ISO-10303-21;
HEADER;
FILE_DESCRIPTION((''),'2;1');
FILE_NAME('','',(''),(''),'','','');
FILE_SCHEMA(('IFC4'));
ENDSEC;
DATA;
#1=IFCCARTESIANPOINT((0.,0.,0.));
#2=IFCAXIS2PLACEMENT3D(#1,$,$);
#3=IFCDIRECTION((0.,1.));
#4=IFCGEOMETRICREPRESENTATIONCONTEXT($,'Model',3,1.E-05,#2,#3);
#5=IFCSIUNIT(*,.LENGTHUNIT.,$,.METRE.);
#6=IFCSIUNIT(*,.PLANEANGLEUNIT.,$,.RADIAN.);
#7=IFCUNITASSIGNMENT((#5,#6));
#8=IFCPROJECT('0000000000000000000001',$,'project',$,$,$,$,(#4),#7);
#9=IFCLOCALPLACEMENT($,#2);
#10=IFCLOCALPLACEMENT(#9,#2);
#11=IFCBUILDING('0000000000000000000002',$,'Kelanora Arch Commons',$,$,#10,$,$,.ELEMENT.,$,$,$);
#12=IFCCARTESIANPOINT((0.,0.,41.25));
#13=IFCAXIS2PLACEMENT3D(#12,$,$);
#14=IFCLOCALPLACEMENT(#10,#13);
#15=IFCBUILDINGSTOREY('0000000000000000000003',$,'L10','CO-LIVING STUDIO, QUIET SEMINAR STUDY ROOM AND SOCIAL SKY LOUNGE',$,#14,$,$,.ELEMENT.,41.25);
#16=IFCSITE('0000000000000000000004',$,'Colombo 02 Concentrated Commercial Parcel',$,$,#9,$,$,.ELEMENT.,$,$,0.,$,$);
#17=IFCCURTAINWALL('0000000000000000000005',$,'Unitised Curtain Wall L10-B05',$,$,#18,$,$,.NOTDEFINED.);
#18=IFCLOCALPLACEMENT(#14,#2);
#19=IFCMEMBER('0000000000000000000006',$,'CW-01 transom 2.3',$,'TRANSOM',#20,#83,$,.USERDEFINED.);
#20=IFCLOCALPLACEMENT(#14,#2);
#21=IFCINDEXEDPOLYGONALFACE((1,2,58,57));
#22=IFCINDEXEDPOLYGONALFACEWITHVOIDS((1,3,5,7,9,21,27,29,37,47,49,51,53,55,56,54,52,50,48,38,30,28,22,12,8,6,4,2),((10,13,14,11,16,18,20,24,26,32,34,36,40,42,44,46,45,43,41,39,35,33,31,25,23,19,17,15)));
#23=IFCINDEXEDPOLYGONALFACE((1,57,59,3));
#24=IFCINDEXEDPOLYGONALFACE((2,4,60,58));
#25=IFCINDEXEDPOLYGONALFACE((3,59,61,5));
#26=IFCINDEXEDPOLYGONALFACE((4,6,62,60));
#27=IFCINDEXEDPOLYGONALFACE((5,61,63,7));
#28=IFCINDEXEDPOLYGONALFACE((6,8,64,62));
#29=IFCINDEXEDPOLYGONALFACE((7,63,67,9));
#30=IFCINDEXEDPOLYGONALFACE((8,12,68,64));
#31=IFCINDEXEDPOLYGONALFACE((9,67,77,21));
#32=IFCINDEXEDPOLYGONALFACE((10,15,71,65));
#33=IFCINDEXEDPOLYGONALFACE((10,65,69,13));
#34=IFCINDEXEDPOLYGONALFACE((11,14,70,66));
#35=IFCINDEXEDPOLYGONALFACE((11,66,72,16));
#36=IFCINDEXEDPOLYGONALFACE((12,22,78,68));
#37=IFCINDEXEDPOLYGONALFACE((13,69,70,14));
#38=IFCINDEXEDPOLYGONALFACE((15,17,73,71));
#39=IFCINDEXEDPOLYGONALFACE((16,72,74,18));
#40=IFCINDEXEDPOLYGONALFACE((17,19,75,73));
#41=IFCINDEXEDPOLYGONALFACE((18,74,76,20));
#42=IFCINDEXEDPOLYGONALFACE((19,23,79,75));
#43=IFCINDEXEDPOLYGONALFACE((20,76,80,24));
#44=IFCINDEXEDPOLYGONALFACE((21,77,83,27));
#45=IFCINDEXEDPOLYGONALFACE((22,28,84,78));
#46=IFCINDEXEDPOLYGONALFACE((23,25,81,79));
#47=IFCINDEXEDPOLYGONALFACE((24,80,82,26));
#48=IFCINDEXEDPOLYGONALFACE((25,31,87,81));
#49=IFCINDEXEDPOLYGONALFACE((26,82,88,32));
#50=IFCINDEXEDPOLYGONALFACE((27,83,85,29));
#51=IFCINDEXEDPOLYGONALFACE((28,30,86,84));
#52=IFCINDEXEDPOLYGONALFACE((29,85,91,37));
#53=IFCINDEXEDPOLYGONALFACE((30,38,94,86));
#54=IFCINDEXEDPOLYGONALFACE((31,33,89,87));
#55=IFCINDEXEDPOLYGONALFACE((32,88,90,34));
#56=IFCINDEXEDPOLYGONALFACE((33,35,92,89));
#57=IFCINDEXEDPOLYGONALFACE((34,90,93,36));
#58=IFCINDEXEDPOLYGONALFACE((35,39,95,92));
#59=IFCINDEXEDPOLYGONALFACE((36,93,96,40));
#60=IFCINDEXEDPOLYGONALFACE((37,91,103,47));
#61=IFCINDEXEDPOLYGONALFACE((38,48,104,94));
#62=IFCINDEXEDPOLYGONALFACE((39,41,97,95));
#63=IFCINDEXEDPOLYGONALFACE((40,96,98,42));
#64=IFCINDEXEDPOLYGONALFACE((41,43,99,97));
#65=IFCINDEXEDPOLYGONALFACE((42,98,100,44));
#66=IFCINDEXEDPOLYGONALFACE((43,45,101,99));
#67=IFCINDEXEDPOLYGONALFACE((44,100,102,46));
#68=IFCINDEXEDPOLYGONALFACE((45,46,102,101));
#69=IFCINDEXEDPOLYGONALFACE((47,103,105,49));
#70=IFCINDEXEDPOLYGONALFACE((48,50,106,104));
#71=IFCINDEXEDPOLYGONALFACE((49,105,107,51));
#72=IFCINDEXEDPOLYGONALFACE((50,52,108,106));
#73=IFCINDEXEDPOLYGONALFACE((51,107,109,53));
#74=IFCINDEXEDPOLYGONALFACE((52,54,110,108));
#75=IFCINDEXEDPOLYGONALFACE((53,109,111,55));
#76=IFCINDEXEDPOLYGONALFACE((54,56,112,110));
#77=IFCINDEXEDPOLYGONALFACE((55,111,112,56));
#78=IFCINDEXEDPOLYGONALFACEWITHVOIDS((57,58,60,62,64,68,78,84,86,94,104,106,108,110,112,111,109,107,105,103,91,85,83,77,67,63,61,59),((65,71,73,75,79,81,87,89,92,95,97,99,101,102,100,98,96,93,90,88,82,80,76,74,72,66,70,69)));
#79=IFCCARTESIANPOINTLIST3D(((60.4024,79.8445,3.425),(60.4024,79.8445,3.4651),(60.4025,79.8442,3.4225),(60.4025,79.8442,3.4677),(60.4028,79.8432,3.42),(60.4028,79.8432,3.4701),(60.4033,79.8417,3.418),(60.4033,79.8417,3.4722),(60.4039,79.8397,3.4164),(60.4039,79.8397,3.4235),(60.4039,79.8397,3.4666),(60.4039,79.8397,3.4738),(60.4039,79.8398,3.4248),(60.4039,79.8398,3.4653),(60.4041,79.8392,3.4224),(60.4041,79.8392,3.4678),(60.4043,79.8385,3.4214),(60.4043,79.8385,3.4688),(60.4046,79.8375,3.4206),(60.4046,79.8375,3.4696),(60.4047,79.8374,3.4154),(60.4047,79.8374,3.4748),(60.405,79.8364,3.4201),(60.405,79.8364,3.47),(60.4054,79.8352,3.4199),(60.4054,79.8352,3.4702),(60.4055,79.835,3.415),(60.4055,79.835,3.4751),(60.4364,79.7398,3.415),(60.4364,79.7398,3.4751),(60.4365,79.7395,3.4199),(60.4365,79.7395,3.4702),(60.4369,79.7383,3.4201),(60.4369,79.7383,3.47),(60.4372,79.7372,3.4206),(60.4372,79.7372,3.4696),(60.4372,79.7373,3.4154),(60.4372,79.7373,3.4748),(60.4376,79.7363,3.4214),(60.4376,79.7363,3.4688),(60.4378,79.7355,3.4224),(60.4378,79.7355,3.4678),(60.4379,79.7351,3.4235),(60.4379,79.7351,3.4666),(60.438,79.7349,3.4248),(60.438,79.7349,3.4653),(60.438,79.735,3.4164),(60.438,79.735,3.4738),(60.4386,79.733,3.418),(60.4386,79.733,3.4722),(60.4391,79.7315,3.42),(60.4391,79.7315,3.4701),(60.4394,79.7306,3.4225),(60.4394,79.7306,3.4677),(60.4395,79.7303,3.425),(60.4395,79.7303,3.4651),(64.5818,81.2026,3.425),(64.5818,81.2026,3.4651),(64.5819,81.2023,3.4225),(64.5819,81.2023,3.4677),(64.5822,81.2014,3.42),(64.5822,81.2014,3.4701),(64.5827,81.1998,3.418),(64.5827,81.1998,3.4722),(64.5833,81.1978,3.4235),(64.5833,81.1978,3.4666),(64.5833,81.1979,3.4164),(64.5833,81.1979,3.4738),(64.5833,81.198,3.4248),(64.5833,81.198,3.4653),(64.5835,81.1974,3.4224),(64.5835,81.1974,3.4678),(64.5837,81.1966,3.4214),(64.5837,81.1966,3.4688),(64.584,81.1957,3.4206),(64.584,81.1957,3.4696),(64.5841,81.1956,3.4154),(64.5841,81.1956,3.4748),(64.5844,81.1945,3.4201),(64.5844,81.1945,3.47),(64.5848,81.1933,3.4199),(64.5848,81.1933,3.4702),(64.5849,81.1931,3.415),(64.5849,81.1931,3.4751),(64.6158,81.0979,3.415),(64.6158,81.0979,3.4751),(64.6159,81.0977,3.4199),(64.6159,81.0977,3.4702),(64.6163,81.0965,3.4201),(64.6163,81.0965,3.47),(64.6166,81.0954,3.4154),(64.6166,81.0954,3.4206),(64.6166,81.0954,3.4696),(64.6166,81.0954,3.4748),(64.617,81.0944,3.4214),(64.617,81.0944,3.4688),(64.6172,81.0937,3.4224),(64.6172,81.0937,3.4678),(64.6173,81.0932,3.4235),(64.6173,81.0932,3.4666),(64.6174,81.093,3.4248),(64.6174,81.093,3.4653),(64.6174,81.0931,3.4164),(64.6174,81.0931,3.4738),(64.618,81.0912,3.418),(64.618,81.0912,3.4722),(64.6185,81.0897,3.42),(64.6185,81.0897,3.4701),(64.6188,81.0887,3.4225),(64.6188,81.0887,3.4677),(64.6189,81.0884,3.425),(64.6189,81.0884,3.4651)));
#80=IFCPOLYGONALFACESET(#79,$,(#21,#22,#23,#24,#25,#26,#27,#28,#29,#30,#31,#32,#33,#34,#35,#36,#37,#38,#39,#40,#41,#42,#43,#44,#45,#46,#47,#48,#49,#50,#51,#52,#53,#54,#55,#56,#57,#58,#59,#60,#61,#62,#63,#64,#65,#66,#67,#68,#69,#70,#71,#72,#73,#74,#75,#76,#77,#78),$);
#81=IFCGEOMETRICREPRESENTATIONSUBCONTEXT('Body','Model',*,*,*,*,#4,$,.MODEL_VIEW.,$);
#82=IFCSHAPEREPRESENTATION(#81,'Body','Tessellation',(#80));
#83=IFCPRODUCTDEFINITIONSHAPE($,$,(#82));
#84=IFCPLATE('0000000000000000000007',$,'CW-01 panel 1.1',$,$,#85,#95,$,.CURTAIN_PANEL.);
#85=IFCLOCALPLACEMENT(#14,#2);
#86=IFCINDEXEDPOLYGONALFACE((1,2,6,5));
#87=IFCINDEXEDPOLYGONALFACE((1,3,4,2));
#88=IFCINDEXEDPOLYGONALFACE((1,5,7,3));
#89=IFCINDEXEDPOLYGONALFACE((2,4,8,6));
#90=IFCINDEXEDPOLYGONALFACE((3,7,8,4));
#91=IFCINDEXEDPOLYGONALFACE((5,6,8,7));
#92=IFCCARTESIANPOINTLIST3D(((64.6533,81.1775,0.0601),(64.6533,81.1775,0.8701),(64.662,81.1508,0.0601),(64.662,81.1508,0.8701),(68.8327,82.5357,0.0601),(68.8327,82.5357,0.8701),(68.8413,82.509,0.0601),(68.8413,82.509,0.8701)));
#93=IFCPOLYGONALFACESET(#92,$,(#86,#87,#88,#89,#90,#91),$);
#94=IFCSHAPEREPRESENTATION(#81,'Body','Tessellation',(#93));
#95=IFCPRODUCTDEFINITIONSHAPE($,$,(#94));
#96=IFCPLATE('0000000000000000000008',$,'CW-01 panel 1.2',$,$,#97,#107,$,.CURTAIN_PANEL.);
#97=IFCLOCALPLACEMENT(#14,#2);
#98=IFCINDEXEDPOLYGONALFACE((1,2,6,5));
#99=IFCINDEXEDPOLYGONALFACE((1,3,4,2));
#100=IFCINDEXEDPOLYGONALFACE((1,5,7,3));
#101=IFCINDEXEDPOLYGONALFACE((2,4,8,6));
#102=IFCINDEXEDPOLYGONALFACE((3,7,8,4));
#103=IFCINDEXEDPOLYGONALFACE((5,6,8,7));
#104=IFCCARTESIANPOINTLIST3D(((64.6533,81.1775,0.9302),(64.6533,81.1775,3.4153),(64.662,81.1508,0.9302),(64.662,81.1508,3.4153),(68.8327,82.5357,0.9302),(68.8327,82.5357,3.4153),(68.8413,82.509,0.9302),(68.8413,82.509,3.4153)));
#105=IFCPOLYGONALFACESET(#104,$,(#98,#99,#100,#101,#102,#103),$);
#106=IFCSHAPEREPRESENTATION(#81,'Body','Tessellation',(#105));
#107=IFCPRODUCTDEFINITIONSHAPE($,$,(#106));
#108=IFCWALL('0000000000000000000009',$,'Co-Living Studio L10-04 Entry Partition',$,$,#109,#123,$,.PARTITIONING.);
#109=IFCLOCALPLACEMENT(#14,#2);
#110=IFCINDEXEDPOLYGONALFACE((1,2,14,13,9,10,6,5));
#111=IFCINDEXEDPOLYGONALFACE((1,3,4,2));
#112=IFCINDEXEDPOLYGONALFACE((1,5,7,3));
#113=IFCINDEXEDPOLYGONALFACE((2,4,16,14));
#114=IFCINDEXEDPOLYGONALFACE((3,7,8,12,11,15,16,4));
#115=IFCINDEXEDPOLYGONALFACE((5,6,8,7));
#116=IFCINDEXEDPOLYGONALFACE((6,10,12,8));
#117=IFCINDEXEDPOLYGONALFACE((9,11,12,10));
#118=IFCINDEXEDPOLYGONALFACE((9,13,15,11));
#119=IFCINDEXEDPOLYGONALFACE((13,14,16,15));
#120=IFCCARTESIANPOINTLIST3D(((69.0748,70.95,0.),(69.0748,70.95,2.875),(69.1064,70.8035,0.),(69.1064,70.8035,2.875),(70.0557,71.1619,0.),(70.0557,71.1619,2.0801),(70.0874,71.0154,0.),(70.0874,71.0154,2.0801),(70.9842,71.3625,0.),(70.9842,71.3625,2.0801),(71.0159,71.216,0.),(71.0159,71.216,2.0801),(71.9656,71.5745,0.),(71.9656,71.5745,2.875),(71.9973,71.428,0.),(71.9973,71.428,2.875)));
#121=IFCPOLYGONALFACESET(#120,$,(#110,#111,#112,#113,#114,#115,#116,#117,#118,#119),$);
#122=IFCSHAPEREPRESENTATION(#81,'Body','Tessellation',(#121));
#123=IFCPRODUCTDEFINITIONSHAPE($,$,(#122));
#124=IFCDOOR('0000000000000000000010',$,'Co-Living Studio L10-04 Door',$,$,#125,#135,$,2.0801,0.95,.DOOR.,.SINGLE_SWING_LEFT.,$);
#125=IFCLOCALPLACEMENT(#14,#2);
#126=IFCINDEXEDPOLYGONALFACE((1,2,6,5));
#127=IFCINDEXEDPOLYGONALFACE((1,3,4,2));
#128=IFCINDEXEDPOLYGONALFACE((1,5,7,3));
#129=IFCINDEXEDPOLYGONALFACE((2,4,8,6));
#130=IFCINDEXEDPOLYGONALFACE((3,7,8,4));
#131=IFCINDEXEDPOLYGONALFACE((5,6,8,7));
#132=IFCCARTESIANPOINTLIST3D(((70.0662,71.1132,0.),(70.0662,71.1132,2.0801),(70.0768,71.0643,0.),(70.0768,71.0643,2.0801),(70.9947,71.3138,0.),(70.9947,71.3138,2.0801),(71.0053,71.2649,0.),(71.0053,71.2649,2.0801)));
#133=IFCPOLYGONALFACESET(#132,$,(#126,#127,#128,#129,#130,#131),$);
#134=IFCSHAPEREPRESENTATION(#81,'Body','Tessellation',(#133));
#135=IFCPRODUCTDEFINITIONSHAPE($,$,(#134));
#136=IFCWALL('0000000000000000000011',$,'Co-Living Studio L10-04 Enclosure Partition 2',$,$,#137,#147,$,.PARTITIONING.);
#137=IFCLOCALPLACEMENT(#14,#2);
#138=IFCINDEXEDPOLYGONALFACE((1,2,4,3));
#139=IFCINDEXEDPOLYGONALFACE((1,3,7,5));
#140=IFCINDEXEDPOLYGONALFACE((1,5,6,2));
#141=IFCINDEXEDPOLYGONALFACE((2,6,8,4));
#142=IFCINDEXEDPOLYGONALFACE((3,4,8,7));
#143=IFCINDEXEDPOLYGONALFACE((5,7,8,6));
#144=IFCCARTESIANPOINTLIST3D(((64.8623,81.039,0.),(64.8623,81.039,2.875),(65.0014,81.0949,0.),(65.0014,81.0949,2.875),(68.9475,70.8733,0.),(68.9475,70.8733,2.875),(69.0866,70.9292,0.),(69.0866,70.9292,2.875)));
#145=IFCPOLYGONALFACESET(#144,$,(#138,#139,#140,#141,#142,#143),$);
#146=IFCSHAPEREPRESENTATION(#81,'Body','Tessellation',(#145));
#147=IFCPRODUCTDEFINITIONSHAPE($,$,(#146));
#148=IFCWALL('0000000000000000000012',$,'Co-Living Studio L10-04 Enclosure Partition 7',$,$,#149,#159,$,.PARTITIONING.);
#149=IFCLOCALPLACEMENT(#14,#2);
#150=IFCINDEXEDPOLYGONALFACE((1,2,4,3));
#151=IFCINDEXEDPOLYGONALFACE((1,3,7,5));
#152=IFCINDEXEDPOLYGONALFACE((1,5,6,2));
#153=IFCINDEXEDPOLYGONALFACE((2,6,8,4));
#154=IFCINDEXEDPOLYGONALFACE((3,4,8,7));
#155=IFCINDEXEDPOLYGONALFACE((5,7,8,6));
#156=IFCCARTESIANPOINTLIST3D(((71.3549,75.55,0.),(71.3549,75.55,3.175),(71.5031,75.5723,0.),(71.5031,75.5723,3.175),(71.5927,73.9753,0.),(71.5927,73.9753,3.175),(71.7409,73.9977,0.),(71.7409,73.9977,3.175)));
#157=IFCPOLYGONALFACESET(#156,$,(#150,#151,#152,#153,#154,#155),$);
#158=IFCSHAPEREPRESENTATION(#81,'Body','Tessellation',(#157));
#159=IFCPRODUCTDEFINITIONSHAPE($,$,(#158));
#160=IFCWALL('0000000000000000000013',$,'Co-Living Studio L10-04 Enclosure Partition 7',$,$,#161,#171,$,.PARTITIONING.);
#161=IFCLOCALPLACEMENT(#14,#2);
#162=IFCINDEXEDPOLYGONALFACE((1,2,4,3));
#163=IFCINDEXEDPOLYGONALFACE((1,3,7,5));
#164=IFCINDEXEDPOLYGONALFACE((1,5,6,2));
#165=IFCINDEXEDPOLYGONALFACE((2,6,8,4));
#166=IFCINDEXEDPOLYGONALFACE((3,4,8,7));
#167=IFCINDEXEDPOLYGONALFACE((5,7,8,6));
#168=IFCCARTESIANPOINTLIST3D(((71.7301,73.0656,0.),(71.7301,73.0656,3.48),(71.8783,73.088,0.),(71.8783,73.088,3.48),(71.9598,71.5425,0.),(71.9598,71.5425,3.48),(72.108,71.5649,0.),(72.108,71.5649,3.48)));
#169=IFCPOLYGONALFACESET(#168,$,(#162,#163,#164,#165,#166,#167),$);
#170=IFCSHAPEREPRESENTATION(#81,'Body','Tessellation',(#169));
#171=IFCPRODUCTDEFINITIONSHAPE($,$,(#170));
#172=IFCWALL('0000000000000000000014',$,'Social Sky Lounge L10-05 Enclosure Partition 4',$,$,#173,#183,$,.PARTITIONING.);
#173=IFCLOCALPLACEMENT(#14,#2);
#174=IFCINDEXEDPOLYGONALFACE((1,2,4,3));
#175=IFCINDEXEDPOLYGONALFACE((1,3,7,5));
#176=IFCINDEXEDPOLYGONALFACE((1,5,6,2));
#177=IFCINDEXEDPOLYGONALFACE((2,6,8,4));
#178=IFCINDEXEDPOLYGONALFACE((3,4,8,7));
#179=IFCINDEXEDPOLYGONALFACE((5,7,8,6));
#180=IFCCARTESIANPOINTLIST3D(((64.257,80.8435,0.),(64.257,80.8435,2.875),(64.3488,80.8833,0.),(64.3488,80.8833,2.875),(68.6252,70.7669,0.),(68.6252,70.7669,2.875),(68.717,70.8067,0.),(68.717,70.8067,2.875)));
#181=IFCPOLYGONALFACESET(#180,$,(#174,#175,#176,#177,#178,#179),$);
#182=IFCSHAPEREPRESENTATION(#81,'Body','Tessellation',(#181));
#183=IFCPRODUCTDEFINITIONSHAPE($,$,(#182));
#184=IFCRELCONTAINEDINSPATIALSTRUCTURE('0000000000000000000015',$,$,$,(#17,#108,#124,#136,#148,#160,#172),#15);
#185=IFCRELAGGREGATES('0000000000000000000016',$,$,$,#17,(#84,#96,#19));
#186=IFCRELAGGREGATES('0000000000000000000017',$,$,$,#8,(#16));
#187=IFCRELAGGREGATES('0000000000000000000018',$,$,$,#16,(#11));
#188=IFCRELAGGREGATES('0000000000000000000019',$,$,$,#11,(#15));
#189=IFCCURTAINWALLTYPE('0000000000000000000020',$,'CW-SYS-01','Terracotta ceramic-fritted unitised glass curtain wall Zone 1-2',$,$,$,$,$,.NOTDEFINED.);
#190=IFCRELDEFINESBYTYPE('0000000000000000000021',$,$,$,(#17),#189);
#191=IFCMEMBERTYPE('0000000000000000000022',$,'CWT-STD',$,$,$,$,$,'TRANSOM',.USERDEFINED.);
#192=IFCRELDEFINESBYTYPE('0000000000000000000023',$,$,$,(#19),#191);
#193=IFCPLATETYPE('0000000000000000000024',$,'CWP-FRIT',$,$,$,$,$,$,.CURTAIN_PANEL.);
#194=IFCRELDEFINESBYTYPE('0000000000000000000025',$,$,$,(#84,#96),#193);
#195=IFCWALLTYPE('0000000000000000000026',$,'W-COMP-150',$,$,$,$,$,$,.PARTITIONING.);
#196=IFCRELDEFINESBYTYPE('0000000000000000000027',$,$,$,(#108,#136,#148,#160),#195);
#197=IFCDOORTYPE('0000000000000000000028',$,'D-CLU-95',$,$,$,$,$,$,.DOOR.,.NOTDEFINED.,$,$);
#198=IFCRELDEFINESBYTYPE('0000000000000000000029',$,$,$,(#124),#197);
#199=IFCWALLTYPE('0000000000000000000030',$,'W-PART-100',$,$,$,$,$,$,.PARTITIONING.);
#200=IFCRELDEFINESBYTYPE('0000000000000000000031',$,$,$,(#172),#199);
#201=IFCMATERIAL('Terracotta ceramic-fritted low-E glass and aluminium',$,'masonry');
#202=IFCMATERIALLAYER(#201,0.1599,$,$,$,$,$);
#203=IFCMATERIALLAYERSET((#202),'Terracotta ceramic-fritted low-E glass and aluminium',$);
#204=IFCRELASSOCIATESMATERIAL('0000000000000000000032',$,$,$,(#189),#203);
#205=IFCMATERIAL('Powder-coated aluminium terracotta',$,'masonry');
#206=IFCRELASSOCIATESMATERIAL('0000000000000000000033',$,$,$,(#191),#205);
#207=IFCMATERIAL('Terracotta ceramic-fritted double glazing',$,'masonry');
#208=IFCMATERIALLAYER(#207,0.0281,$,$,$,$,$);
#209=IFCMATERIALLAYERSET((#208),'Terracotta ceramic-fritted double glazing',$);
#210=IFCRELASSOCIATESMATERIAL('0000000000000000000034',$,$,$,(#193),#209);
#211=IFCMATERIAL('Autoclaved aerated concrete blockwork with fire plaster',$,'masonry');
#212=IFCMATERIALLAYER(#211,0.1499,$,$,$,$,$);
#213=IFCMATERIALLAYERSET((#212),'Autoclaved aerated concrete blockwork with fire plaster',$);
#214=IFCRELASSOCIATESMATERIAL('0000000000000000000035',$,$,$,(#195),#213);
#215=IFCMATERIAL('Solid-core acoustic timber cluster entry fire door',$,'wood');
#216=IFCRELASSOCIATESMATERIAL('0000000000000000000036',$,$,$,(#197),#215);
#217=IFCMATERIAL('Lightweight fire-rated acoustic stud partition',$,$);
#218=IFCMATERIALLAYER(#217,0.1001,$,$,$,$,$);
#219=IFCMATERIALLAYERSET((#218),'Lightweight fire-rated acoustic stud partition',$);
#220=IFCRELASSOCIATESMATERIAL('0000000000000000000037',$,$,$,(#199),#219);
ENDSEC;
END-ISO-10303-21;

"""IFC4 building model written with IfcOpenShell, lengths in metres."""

from ifc_helpers import new_model, si_unit, direction, frame, frame_2d, origin, origin_2d, place, context, subcontext, project, spatial, rectangle, hollow_rectangle, extrude, source, transform, mapped, material, layer, layer_set, material_profile, profile_set, type_object, element, fill, aggregate, save


model = new_model("IFC4")

# Units and contexts
model_context = context("Model", 3, precision=1e-05, world=origin(), true_north=direction((0.0, 1.0)))
body_context = subcontext(model_context, "Body", "Model", "MODEL_VIEW")
ifc_project = project(units=[si_unit("LENGTHUNIT", "METRE"), si_unit("PLANEANGLEUNIT", "RADIAN")], contexts=[model_context])

# Site, building, storey
site_placement = place(None, origin())
site = spatial("IfcSite", under=ifc_project, at=site_placement, Name="Colombo 02 Concentrated Commercial Parcel", CompositionType="ELEMENT", RefElevation=0.0)
building_placement = place(site_placement, origin())
building = spatial("IfcBuilding", under=site, at=building_placement, Name="Kelanora Arch Commons", CompositionType="ELEMENT")
storey_placement = place(building_placement, frame((0.0, 0.0, 41.25)))
storey = spatial("IfcBuildingStorey", under=building, at=storey_placement, Name="L10", Description="CO-LIVING STUDIO, QUIET SEMINAR STUDY ROOM AND SOCIAL SKY LOUNGE", CompositionType="ELEMENT", Elevation=41.25)

# Curtain wall, member, plates
ifc_material_1 = material(Name="Terracotta ceramic-fritted low-E glass and aluminium", Category="masonry")
ifc_layer_1 = layer(ifc_material_1, 0.1599)
ifc_layer_set_1 = layer_set([ifc_layer_1], Name="Terracotta ceramic-fritted low-E glass and aluminium")
curtain_wall_type = type_object("IfcCurtainWallType", Name="CW-SYS-01", Description="Terracotta ceramic-fritted unitised glass curtain wall Zone 1-2", PredefinedType="NOTDEFINED", material=ifc_layer_set_1)
curtain_wall_placement = place(storey_placement, origin())
curtain_wall = element("IfcCurtainWall", 1, at=curtain_wall_placement, inside=storey, type_object=curtain_wall_type, Name="Unitised Curtain Wall L10-B05", PredefinedType="NOTDEFINED")
ifc_material_2 = material(Name="Powder-coated aluminium terracotta", Category="masonry")
ifc_material_profile_1 = material_profile(ifc_material_2, hollow_rectangle(XDim=0.1201, YDim=0.0601, WallThickness=0.0049, InnerFilletRadius=0.0049, OuterFilletRadius=0.01, at=origin_2d()), Name="CWT120x60")
ifc_profile_set_1 = profile_set([ifc_material_profile_1], Name="Powder-coated aluminium terracotta")
member_type_1 = type_object("IfcMemberType", Name="CWT-STD", ElementType="TRANSOM", PredefinedType="USERDEFINED", material=ifc_profile_set_1)
member_1_placement = place(storey_placement, frame((64.6003, 81.1455, 3.4451), z_axis=(-0.951045, -0.309052, 0.0), x_axis=(0.309052, -0.951045, 0.0)))
member_1 = element("IfcMember", 2, at=member_1_placement, type_object=member_type_1, Name="CW-01 transom 2.3", ObjectType="TRANSOM", PredefinedType="USERDEFINED", context=body_context, shape_type="SweptSolid", body=[
    extrude(hollow_rectangle(XDim=0.1201, YDim=0.0601, WallThickness=0.0049, InnerFilletRadius=0.0049, OuterFilletRadius=0.01, at=origin_2d()), origin(), (0.0, 0.0, 1.0), 4.3945),
])
ifc_material_3 = material(Name="Terracotta ceramic-fritted double glazing", Category="masonry")
ifc_layer_2 = layer(ifc_material_3, 0.0281)
ifc_layer_set_2 = layer_set([ifc_layer_2], Name="Terracotta ceramic-fritted double glazing")
plate_type = type_object("IfcPlateType", Name="CWP-FRIT", PredefinedType="CURTAIN_PANEL", material=ifc_layer_set_2)
shared_shape_1 = source(origin(), body_context, "Body", "SweptSolid", [
    extrude(rectangle(XDim=4.3945, YDim=0.0281, at=origin_2d()), origin(), (0.0, 0.0, 1.0), 0.8101),
])
plate_1_placement = place(storey_placement, frame((66.7473, 81.8433, 0.0601), z_axis=(0.0, 0.0, 1.0), x_axis=(-0.951043, -0.309058, 0.0)))
plate_1 = element("IfcPlate", 3, at=plate_1_placement, type_object=plate_type, Name="CW-01 panel 1.1", PredefinedType="CURTAIN_PANEL", context=body_context, shape_type="MappedRepresentation", body=[
    mapped(shared_shape_1, transform((0.0, 0.0, 0.0), scale=1.0)),
])
shared_shape_2 = source(origin(), body_context, "Body", "SweptSolid", [
    extrude(rectangle(XDim=4.3945, YDim=0.0281, at=origin_2d()), origin(), (0.0, 0.0, 1.0), 2.4851),
])
plate_2_placement = place(storey_placement, frame((66.7473, 81.8433, 0.9302), z_axis=(0.0, 0.0, 1.0), x_axis=(-0.951043, -0.309058, 0.0)))
plate_2 = element("IfcPlate", 4, at=plate_2_placement, type_object=plate_type, Name="CW-01 panel 1.2", PredefinedType="CURTAIN_PANEL", context=body_context, shape_type="MappedRepresentation", body=[
    mapped(shared_shape_2, transform((0.0, 0.0, 0.0), scale=1.0)),
])
aggregate(curtain_wall, [plate_1, plate_2, member_1])

# Wall, opening, door
ifc_material_4 = material(Name="Autoclaved aerated concrete blockwork with fire plaster", Category="masonry")
ifc_layer_3 = layer(ifc_material_4, 0.1499)
ifc_layer_set_3 = layer_set([ifc_layer_3], Name="Autoclaved aerated concrete blockwork with fire plaster")
wall_type_1 = type_object("IfcWallType", Name="W-COMP-150", PredefinedType="PARTITIONING", material=ifc_layer_set_3)
wall_1_placement = place(storey_placement, frame((71.9814, 71.5012, 0.0), z_axis=(0.0, 0.0, 1.0), x_axis=(-0.977452, -0.211158, 0.0)))
wall_1 = element("IfcWall", 5, at=wall_1_placement, inside=storey, type_object=wall_type_1, Name="Co-Living Studio L10-04 Entry Partition", PredefinedType="PARTITIONING", context=body_context, shape_type="SweptSolid", body=[
    extrude(rectangle(XDim=2.9575, YDim=0.1499, at=frame_2d((1.4788, 0.0))), origin(), (0.0, 0.0, 1.0), 2.875),
])
opening_1_placement = place(wall_1_placement, frame((1.0039, 0.0, 0.0)))
opening_1 = element("IfcOpeningElement", 6, at=opening_1_placement, cuts=wall_1, PredefinedType="OPENING", context=body_context, shape_type="SweptSolid", body=[
    extrude(rectangle(XDim=0.95, YDim=2.0801, at=frame_2d((0.4751, 1.04))), frame((0.0, 0.085, 0.0), z_axis=(0.0, -1.0, 0.0), x_axis=(1.0, 0.0, 0.0)), (0.0, 0.0, 1.0), 0.1699),
])
ifc_material_5 = material(Name="Solid-core acoustic timber cluster entry fire door", Category="wood")
door_type_1 = type_object("IfcDoorType", Name="D-CLU-95", OperationType="NOTDEFINED", PredefinedType="DOOR", material=ifc_material_5)
door_1_placement = place(opening_1_placement, origin())
door_1 = element("IfcDoor", 7, at=door_1_placement, inside=storey, type_object=door_type_1, Name="Co-Living Studio L10-04 Door", OperationType="SINGLE_SWING_LEFT", OverallHeight=2.0801, OverallWidth=0.95, PredefinedType="DOOR", context=body_context, shape_type="SweptSolid", body=[
    extrude(rectangle(XDim=0.95, YDim=2.0801, at=frame_2d((0.4751, 1.04))), frame((0.0, 0.0249, 0.0), z_axis=(0.0, -1.0, 0.0), x_axis=(1.0, 0.0, 0.0)), (0.0, 0.0, 1.0), 0.05),
])
fill(opening_1, door_1)

# Walls
wall_2_placement = place(storey_placement, frame((69.0171, 70.9011, 0.0), z_axis=(0.0, 0.0, 1.0), x_axis=(-0.372877, 0.927881, 0.0)))
element("IfcWall", 8, at=wall_2_placement, inside=storey, type_object=wall_type_1, Name="Co-Living Studio L10-04 Enclosure Partition 2", PredefinedType="PARTITIONING", context=body_context, shape_type="SweptSolid", body=[
    extrude(rectangle(XDim=10.9558, YDim=0.1499, at=frame_2d((5.478, 0.0))), origin(), (0.0, 0.0, 1.0), 2.875),
])
wall_3_placement = place(storey_placement, frame((71.429, 75.5613, 0.0), z_axis=(0.0, 0.0, 1.0), x_axis=(0.149315, -0.98879, 0.0)))
element("IfcWall", 9, at=wall_3_placement, inside=storey, type_object=wall_type_1, Name="Co-Living Studio L10-04 Enclosure Partition 7", PredefinedType="PARTITIONING", context=body_context, shape_type="SweptSolid", body=[
    extrude(rectangle(XDim=1.5925, YDim=0.1499, at=frame_2d((0.7964, 0.0))), origin(), (0.0, 0.0, 1.0), 3.175),
])
wall_4_placement = place(storey_placement, frame((71.8042, 73.0767, 0.0), z_axis=(0.0, 0.0, 1.0), x_axis=(0.149162, -0.988813, 0.0)))
element("IfcWall", 10, at=wall_4_placement, inside=storey, type_object=wall_type_1, Name="Co-Living Studio L10-04 Enclosure Partition 7", PredefinedType="PARTITIONING", context=body_context, shape_type="SweptSolid", body=[
    extrude(rectangle(XDim=1.5403, YDim=0.1499, at=frame_2d((0.77, 0.0))), origin(), (0.0, 0.0, 1.0), 3.48),
])
ifc_material_6 = material(Name="Lightweight fire-rated acoustic stud partition")
ifc_layer_4 = layer(ifc_material_6, 0.1001)
ifc_layer_set_4 = layer_set([ifc_layer_4], Name="Lightweight fire-rated acoustic stud partition")
wall_type_2 = type_object("IfcWallType", Name="W-PART-100", PredefinedType="PARTITIONING", material=ifc_layer_set_4)
wall_5_placement = place(storey_placement, frame((64.303, 80.8633, 0.0), z_axis=(0.0, 0.0, 1.0), x_axis=(0.397731, -0.917502, 0.0)))
element("IfcWall", 11, at=wall_5_placement, inside=storey, type_object=wall_type_2, Name="Social Sky Lounge L10-05 Enclosure Partition 4", PredefinedType="PARTITIONING", context=body_context, shape_type="SweptSolid", body=[
    extrude(rectangle(XDim=10.9827, YDim=0.1001, at=frame_2d((5.4912, 0.0))), origin(), (0.0, 0.0, 1.0), 2.875),
])

save(model, "model.ifc")
